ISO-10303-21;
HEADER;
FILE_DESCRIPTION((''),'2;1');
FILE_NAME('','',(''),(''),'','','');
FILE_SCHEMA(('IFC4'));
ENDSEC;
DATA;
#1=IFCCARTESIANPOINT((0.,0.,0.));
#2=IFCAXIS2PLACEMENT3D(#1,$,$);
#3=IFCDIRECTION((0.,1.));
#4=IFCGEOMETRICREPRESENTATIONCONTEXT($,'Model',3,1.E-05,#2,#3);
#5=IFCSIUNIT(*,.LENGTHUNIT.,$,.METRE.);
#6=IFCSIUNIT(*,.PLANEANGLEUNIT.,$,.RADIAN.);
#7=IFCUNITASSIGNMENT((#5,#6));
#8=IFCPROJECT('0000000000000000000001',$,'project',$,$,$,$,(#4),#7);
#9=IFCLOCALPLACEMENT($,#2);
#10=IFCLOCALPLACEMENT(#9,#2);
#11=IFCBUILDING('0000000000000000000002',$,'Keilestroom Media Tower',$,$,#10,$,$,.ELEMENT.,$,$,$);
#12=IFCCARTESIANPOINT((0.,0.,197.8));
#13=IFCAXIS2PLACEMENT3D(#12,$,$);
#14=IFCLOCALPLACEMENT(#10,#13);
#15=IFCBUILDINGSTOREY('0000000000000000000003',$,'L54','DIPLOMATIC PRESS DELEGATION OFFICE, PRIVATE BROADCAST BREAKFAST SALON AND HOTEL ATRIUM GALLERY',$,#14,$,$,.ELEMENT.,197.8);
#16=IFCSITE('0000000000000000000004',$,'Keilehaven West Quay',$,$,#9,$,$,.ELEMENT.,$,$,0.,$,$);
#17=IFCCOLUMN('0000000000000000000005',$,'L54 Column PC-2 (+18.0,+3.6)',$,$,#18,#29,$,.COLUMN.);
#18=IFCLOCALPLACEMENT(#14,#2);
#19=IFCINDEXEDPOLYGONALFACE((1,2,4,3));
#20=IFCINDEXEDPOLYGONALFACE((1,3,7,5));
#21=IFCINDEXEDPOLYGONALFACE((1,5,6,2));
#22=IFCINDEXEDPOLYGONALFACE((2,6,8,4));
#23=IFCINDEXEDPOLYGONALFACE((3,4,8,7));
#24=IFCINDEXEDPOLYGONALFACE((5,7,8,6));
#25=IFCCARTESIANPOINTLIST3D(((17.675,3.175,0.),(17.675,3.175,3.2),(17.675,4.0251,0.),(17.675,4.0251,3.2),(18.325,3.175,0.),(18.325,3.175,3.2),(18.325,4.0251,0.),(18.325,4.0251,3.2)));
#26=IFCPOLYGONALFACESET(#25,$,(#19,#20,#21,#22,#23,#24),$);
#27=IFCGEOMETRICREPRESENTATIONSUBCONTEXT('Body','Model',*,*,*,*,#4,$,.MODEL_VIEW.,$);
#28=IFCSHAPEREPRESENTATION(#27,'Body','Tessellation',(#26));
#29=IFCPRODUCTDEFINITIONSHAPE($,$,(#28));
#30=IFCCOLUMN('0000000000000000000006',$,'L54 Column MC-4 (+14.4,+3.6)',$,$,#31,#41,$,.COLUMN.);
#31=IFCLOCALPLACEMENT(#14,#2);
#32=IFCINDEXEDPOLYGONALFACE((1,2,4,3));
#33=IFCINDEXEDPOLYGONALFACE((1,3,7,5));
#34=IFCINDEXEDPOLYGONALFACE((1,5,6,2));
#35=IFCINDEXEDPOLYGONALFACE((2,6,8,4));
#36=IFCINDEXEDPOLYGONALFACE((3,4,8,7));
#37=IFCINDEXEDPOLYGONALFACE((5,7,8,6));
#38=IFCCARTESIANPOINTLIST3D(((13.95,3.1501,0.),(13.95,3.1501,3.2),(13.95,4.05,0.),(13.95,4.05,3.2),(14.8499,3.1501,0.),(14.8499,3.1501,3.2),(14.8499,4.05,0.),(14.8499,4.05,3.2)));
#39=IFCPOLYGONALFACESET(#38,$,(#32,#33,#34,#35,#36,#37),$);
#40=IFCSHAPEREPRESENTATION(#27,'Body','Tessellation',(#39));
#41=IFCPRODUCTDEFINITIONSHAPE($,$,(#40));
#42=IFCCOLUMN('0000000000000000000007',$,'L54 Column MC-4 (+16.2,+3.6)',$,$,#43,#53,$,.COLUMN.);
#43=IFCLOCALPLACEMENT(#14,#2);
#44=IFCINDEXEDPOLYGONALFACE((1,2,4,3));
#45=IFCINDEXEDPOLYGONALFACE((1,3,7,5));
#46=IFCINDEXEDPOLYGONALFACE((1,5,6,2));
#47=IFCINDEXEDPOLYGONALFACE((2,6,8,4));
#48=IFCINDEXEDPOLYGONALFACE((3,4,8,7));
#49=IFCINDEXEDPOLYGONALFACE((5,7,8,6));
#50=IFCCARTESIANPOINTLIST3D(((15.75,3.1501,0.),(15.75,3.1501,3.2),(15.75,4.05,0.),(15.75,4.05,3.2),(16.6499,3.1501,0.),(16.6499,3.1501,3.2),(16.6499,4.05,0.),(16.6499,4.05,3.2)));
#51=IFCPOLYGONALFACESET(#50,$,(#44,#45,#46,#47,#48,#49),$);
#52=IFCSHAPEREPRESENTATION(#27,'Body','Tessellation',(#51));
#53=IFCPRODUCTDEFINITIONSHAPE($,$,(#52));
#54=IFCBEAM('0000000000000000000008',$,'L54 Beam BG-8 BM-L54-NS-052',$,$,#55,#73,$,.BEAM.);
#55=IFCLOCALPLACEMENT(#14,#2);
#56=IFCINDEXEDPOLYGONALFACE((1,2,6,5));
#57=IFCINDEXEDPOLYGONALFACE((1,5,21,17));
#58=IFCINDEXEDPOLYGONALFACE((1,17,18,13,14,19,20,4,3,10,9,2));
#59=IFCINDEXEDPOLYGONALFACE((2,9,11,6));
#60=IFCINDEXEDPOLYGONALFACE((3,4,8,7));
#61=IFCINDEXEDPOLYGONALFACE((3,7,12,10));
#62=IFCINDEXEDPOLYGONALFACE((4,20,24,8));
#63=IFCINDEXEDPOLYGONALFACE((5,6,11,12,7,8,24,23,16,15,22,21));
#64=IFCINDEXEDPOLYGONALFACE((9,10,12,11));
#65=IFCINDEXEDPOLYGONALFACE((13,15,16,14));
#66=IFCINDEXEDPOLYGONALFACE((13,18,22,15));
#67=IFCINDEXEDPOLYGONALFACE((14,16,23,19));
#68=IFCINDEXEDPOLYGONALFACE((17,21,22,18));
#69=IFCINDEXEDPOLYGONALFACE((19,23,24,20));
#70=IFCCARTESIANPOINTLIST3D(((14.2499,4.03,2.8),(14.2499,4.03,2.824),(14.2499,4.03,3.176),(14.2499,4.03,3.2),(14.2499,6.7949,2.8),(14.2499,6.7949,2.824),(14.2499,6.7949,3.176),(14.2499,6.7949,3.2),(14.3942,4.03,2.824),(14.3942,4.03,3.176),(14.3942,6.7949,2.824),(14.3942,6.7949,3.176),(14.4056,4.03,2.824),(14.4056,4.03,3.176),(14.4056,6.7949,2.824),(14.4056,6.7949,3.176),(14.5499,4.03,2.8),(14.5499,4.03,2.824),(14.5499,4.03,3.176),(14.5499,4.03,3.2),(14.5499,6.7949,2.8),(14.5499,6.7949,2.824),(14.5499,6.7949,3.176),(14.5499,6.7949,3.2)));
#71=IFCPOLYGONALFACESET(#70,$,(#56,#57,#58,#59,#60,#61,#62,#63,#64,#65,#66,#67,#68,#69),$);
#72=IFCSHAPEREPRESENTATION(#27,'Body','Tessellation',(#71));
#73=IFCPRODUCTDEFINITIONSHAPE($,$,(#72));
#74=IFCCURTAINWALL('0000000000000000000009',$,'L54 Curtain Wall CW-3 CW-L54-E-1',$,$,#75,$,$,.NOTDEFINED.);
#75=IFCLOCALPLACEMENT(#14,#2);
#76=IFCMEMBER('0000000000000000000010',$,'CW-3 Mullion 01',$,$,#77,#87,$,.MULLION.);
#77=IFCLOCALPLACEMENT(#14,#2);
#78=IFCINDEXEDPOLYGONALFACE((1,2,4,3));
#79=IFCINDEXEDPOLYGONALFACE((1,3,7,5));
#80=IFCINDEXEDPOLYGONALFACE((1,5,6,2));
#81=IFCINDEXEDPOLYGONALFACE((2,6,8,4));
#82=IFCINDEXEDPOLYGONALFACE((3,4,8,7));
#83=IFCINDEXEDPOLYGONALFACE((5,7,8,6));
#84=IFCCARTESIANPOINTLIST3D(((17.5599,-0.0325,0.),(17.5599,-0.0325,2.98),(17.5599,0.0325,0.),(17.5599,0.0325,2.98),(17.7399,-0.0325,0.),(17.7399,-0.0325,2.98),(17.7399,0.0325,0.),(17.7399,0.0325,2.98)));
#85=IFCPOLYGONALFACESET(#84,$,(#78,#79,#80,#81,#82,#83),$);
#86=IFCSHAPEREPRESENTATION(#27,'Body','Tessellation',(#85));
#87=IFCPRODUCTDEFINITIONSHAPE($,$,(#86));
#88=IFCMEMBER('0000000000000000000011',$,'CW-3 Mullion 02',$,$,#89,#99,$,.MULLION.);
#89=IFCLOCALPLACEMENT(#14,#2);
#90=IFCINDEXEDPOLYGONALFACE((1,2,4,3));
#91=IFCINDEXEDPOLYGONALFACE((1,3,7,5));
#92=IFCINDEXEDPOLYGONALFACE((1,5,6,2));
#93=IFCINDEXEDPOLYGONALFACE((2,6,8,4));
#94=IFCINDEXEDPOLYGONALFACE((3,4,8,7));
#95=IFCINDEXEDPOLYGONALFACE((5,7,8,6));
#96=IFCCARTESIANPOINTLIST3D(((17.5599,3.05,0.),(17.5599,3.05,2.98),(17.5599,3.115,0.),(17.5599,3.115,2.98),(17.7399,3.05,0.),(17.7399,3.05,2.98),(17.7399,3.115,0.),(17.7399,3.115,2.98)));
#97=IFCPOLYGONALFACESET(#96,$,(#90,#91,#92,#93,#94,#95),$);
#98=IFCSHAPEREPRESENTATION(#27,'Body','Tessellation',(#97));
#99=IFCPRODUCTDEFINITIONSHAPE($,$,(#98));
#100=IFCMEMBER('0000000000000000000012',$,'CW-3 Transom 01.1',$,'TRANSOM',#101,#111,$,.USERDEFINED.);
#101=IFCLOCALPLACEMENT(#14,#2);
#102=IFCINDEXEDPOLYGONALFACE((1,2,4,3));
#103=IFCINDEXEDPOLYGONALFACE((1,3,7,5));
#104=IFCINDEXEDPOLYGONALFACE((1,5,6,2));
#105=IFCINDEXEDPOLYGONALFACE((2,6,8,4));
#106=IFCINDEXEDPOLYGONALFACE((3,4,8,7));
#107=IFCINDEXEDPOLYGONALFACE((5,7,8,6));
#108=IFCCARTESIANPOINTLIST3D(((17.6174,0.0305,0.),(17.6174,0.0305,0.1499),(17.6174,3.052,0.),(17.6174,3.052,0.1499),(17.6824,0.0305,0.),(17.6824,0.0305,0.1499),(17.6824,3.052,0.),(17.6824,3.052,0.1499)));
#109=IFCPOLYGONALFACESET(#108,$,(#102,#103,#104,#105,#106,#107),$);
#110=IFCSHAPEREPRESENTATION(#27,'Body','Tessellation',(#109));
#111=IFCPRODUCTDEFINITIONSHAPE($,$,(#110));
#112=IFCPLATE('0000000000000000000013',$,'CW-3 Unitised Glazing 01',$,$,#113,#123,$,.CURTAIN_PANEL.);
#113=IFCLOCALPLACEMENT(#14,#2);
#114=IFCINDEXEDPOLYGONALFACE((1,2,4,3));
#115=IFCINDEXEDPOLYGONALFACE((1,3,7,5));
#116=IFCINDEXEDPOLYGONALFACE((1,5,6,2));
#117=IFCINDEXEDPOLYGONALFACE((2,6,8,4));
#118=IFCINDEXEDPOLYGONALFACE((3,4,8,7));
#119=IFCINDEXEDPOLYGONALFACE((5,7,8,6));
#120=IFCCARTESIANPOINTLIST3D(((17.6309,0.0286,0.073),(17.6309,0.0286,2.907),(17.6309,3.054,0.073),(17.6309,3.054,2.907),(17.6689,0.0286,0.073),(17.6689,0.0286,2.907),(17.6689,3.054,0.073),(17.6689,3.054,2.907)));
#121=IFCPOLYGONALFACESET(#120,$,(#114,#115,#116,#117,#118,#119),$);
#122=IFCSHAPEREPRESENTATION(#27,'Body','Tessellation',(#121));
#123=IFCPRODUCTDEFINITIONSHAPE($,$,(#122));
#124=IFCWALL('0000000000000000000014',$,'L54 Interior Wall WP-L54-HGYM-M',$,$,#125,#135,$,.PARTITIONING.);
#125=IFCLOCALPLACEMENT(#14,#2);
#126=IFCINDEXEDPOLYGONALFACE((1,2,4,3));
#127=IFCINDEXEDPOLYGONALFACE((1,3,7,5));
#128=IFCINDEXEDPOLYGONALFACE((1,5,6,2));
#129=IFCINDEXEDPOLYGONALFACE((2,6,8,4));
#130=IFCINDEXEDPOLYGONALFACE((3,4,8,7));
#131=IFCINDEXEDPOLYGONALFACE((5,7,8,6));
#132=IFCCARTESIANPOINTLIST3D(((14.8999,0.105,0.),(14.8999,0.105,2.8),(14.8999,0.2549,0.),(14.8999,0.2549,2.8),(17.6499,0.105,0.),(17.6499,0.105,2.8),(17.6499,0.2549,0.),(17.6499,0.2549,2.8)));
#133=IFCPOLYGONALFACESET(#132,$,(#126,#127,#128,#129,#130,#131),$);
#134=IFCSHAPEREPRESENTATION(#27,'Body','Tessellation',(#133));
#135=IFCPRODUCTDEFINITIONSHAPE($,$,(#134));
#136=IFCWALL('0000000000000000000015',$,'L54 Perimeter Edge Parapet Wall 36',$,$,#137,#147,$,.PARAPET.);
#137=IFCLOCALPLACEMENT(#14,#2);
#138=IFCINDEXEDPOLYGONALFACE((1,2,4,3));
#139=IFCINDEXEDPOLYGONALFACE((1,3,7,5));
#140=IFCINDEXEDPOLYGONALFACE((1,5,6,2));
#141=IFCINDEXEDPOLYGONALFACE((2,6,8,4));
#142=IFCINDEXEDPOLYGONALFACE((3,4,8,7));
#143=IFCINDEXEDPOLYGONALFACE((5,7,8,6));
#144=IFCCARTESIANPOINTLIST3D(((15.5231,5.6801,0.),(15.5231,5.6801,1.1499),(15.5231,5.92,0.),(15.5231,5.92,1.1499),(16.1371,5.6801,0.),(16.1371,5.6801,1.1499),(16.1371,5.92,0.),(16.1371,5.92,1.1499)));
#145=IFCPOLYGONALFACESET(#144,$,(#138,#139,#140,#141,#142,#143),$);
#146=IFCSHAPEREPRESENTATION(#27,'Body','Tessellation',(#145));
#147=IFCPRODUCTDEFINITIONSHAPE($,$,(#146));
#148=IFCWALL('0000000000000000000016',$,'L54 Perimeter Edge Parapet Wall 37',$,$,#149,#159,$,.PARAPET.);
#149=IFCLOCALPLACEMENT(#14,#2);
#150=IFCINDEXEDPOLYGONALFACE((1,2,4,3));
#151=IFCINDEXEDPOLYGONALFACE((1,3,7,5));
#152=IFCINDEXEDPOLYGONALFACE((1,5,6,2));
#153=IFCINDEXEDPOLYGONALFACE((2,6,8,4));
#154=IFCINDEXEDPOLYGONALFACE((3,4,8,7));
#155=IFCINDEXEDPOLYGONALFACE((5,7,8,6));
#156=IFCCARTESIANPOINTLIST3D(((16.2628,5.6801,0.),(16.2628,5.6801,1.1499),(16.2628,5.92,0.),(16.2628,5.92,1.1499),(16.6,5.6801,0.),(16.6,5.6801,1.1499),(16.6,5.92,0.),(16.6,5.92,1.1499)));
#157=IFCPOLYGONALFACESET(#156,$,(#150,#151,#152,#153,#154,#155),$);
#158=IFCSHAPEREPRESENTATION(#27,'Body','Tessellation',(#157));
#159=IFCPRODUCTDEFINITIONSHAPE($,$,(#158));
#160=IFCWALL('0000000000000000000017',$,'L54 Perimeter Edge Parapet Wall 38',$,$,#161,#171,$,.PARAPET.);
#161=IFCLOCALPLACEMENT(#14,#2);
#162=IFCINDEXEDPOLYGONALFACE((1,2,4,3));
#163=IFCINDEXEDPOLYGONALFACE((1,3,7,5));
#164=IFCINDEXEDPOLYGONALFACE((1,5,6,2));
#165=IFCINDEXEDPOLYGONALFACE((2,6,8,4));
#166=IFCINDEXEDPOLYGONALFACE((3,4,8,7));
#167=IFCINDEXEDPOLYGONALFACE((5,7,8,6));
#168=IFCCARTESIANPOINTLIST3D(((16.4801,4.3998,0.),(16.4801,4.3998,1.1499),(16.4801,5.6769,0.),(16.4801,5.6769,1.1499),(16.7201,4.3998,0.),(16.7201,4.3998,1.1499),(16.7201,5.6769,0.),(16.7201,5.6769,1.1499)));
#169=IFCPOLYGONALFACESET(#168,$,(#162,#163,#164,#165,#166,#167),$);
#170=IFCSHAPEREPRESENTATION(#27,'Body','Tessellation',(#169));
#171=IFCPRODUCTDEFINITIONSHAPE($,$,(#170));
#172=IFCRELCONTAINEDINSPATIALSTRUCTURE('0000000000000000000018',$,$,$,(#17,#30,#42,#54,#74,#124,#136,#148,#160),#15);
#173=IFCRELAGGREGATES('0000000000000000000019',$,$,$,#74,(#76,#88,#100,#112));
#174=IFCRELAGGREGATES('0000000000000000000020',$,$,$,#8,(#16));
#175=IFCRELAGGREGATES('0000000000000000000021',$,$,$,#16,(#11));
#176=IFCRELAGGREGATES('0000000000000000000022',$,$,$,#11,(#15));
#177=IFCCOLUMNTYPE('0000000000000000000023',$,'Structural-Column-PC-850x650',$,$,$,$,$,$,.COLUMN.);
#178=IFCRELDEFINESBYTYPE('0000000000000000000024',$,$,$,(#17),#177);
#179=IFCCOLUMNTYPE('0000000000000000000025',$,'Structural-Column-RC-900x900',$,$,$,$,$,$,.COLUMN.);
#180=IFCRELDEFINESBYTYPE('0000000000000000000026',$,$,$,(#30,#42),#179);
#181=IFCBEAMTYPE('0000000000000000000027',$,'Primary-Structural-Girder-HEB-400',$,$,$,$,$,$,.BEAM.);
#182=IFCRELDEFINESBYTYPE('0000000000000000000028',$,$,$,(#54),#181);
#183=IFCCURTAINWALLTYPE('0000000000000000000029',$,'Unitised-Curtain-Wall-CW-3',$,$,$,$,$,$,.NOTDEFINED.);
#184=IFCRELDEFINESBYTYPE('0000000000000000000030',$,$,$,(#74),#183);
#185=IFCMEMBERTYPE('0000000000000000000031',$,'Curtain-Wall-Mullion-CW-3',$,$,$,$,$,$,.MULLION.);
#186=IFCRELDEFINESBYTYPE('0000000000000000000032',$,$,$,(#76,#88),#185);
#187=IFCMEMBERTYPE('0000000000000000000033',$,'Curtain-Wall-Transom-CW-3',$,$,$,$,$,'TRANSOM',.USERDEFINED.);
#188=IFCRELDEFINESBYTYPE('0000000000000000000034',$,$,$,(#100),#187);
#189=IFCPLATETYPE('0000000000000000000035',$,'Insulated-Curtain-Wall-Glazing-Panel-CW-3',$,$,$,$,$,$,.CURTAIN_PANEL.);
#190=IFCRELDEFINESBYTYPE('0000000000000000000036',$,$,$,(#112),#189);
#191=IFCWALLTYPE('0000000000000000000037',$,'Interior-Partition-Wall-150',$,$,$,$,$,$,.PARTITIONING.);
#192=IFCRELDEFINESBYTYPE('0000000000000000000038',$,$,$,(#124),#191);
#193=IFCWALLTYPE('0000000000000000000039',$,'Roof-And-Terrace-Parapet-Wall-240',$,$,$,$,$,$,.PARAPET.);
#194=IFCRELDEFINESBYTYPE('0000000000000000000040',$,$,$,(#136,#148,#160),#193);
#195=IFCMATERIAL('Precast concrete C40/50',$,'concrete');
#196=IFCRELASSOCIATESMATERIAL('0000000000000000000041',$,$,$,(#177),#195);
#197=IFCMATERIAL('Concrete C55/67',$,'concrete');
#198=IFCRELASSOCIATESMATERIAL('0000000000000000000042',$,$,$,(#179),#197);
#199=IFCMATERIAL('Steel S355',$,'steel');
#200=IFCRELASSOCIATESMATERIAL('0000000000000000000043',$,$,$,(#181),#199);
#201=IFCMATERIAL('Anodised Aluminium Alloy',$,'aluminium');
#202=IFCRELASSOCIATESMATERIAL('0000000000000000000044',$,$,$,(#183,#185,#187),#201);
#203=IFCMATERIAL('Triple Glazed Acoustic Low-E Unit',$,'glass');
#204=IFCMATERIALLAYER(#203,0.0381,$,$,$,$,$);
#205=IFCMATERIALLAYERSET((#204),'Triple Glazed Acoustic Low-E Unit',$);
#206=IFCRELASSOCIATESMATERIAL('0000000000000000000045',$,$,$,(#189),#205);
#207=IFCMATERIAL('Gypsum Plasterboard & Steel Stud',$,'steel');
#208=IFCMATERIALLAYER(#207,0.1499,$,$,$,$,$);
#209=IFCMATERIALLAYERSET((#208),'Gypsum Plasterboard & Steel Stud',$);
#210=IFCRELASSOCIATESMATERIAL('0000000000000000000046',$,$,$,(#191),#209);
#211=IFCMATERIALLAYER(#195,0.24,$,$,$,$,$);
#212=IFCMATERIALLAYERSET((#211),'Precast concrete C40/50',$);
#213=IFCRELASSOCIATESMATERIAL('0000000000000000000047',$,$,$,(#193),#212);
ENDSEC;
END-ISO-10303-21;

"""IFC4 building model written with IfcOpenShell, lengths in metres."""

from ifc_helpers import new_model, si_unit, direction, frame, frame_2d, origin, origin_2d, place, context, subcontext, project, spatial, rectangle, i_section, extrude, source, transform, mapped, material, layer, layer_set, material_profile, profile_set, type_object, element, aggregate, save


model = new_model("IFC4")

# Units and contexts
model_context = context("Model", 3, precision=1e-05, world=origin(), true_north=direction((0.0, 1.0)))
body_context = subcontext(model_context, "Body", "Model", "MODEL_VIEW")
ifc_project = project(units=[si_unit("LENGTHUNIT", "METRE"), si_unit("PLANEANGLEUNIT", "RADIAN")], contexts=[model_context])

# Site, building, storey
site_placement = place(None, origin())
site = spatial("IfcSite", under=ifc_project, at=site_placement, Name="Keilehaven West Quay", CompositionType="ELEMENT", RefElevation=0.0)
building_placement = place(site_placement, origin())
building = spatial("IfcBuilding", under=site, at=building_placement, Name="Keilestroom Media Tower", CompositionType="ELEMENT")
storey_placement = place(building_placement, frame((0.0, 0.0, 197.8)))
storey = spatial("IfcBuildingStorey", under=building, at=storey_placement, Name="L54", Description="DIPLOMATIC PRESS DELEGATION OFFICE, PRIVATE BROADCAST BREAKFAST SALON AND HOTEL ATRIUM GALLERY", CompositionType="ELEMENT", Elevation=197.8)

# Columns
ifc_material_1 = material(Name="Precast concrete C40/50", Category="concrete")
ifc_material_profile_1 = material_profile(ifc_material_1, rectangle(XDim=0.6499, YDim=0.8501, at=origin_2d()), Name="PC 850x650")
ifc_profile_set_1 = profile_set([ifc_material_profile_1], Name="Precast concrete C40/50")
column_type_1 = type_object("IfcColumnType", Name="Structural-Column-PC-850x650", PredefinedType="COLUMN", material=ifc_profile_set_1)
shared_shape_1 = source(origin(), body_context, "Body", "SweptSolid", [
    extrude(rectangle(XDim=0.6499, YDim=0.8501, at=origin_2d()), origin(), (0.0, 0.0, 1.0), 3.2),
])
column_placement = place(storey_placement, frame((18.0, 3.6001, 0.0), z_axis=(0.0, 0.0, 1.0), x_axis=(1.0, 0.0, 0.0)))
element("IfcColumn", 1, at=column_placement, inside=storey, type_object=column_type_1, Name="L54 Column PC-2 (+18.0,+3.6)", PredefinedType="COLUMN", context=body_context, shape_type="MappedRepresentation", body=[
    mapped(shared_shape_1, transform((0.0, 0.0, 0.0), x_axis=(1.0, 0.0, 0.0), y_axis=(0.0, 1.0, 0.0), z_axis=(0.0, 0.0, 1.0), scale=1.0)),
])
ifc_material_2 = material(Name="Concrete C55/67", Category="concrete")
ifc_material_profile_2 = material_profile(ifc_material_2, rectangle(XDim=0.8999, YDim=0.8999, at=origin_2d()), Name="RC 900x900")
ifc_profile_set_2 = profile_set([ifc_material_profile_2], Name="Concrete C55/67")
column_type_2 = type_object("IfcColumnType", Name="Structural-Column-RC-900x900", PredefinedType="COLUMN", material=ifc_profile_set_2)
shared_shape_2 = source(origin(), body_context, "Body", "SweptSolid", [
    extrude(rectangle(XDim=0.8999, YDim=0.8999, at=origin_2d()), origin(), (0.0, 0.0, 1.0), 3.2),
])
for number, where, z_axis, x_axis, name in (
    (2, (14.3999, 3.6001, 0.0), (0.0, 0.0, 1.0), (1.0, 0.0, 0.0), "L54 Column MC-4 (+14.4,+3.6)"),
    (3, (16.2, 3.6001, 0.0), (0.0, 0.0, 1.0), (1.0, 0.0, 0.0), "L54 Column MC-4 (+16.2,+3.6)"),
):
    element("IfcColumn", number, at=place(storey_placement, frame(where, z_axis=z_axis, x_axis=x_axis)), inside=storey, type_object=column_type_2, Name=name, PredefinedType="COLUMN", context=body_context, shape_type="MappedRepresentation", body=[
        mapped(shared_shape_2, transform((0.0, 0.0, 0.0), x_axis=(1.0, 0.0, 0.0), y_axis=(0.0, 1.0, 0.0), z_axis=(0.0, 0.0, 1.0), scale=1.0)),
    ])

# Beam
ifc_material_3 = material(Name="Steel S355", Category="steel")
ifc_material_profile_3 = material_profile(ifc_material_3, i_section(OverallWidth=0.3, OverallDepth=0.3999, WebThickness=0.0115, FlangeThickness=0.0239, at=origin_2d()), Name="HEB 400")
ifc_profile_set_3 = profile_set([ifc_material_profile_3], Name="Steel S355")
beam_type = type_object("IfcBeamType", Name="Primary-Structural-Girder-HEB-400", PredefinedType="BEAM", material=ifc_profile_set_3)
shared_shape_3 = source(origin(), body_context, "Body", "SweptSolid", [
    extrude(i_section(OverallWidth=0.3, OverallDepth=0.3999, WebThickness=0.0115, FlangeThickness=0.0239, at=origin_2d()), origin(), (0.0, 0.0, 1.0), 2.7649),
])
beam_placement = place(storey_placement, frame((14.3999, 4.03, 3.0), z_axis=(0.0, 1.0, 0.0), x_axis=(-1.0, 0.0, 0.0)))
element("IfcBeam", 4, at=beam_placement, inside=storey, type_object=beam_type, Name="L54 Beam BG-8 BM-L54-NS-052", PredefinedType="BEAM", context=body_context, shape_type="MappedRepresentation", body=[
    mapped(shared_shape_3, transform((0.0, 0.0, 0.0), x_axis=(1.0, 0.0, 0.0), y_axis=(0.0, 1.0, 0.0), z_axis=(0.0, 0.0, 1.0), scale=1.0)),
])

# Curtain wall, members, plate
ifc_material_4 = material(Name="Anodised Aluminium Alloy", Category="aluminium")
curtain_wall_type = type_object("IfcCurtainWallType", Name="Unitised-Curtain-Wall-CW-3", PredefinedType="NOTDEFINED", material=ifc_material_4)
curtain_wall_placement = place(storey_placement, origin())
curtain_wall = element("IfcCurtainWall", 5, at=curtain_wall_placement, inside=storey, type_object=curtain_wall_type, Name="L54 Curtain Wall CW-3 CW-L54-E-1", PredefinedType="NOTDEFINED")
ifc_material_profile_4 = material_profile(ifc_material_4, rectangle(XDim=0.0649, YDim=0.1799, at=origin_2d()), Name="ALU MULLION 65x180")
ifc_profile_set_4 = profile_set([ifc_material_profile_4], Name="Anodised Aluminium Alloy")
member_type_1 = type_object("IfcMemberType", Name="Curtain-Wall-Mullion-CW-3", PredefinedType="MULLION", material=ifc_profile_set_4)
shared_shape_4 = source(origin(), body_context, "Body", "SweptSolid", [
    extrude(rectangle(XDim=0.0649, YDim=0.1799, at=origin_2d()), origin(), (0.0, 0.0, 1.0), 2.98),
])
member_1_placement = place(storey_placement, frame((17.6499, 0.0, 0.0), z_axis=(0.0, 0.0, 1.0), x_axis=(0.0, 1.0, 0.0)))
member_1 = element("IfcMember", 6, at=member_1_placement, type_object=member_type_1, Name="CW-3 Mullion 01", PredefinedType="MULLION", context=body_context, shape_type="MappedRepresentation", body=[
    mapped(shared_shape_4, transform((0.0, 0.0, 0.0), x_axis=(1.0, 0.0, 0.0), y_axis=(0.0, 1.0, 0.0), z_axis=(0.0, 0.0, 1.0), scale=1.0)),
])
member_2_placement = place(storey_placement, frame((17.6499, 3.0825, 0.0), z_axis=(0.0, 0.0, 1.0), x_axis=(0.0, 1.0, 0.0)))
member_2 = element("IfcMember", 7, at=member_2_placement, type_object=member_type_1, Name="CW-3 Mullion 02", PredefinedType="MULLION", context=body_context, shape_type="MappedRepresentation", body=[
    mapped(shared_shape_4, transform((0.0, 0.0, 0.0), x_axis=(1.0, 0.0, 0.0), y_axis=(0.0, 1.0, 0.0), z_axis=(0.0, 0.0, 1.0), scale=1.0)),
])
ifc_material_profile_5 = material_profile(ifc_material_4, rectangle(XDim=0.0649, YDim=0.1499, at=origin_2d()), Name="ALU TRANSOM 65x150")
ifc_profile_set_5 = profile_set([ifc_material_profile_5], Name="Anodised Aluminium Alloy")
member_type_2 = type_object("IfcMemberType", Name="Curtain-Wall-Transom-CW-3", ElementType="TRANSOM", PredefinedType="USERDEFINED", material=ifc_profile_set_5)
shared_shape_5 = source(origin(), body_context, "Body", "SweptSolid", [
    extrude(rectangle(XDim=0.0649, YDim=0.1499, at=origin_2d()), origin(), (0.0, 0.0, 1.0), 3.0215),
])
member_3_placement = place(storey_placement, frame((17.6499, 0.0305, 0.075), z_axis=(0.0, 1.0, 0.0), x_axis=(-1.0, 0.0, 0.0)))
member_3 = element("IfcMember", 8, at=member_3_placement, type_object=member_type_2, Name="CW-3 Transom 01.1", ObjectType="TRANSOM", PredefinedType="USERDEFINED", context=body_context, shape_type="MappedRepresentation", body=[
    mapped(shared_shape_5, transform((0.0, 0.0, 0.0), x_axis=(1.0, 0.0, 0.0), y_axis=(0.0, 1.0, 0.0), z_axis=(0.0, 0.0, 1.0), scale=1.0)),
])
ifc_material_5 = material(Name="Triple Glazed Acoustic Low-E Unit", Category="glass")
ifc_layer_1 = layer(ifc_material_5, 0.0381)
ifc_layer_set_1 = layer_set([ifc_layer_1], Name="Triple Glazed Acoustic Low-E Unit")
plate_type = type_object("IfcPlateType", Name="Insulated-Curtain-Wall-Glazing-Panel-CW-3", PredefinedType="CURTAIN_PANEL", material=ifc_layer_set_1)
shared_shape_6 = source(origin(), body_context, "Body", "SweptSolid", [
    extrude(rectangle(XDim=3.0254, YDim=0.0381, at=origin_2d()), origin(), (0.0, 0.0, 1.0), 2.834),
])
plate_placement = place(storey_placement, frame((17.6499, 1.5413, 0.073), z_axis=(0.0, 0.0, 1.0), x_axis=(0.0, 1.0, 0.0)))
plate = element("IfcPlate", 9, at=plate_placement, type_object=plate_type, Name="CW-3 Unitised Glazing 01", PredefinedType="CURTAIN_PANEL", context=body_context, shape_type="MappedRepresentation", body=[
    mapped(shared_shape_6, transform((0.0, 0.0, 0.0), x_axis=(1.0, 0.0, 0.0), y_axis=(0.0, 1.0, 0.0), z_axis=(0.0, 0.0, 1.0), scale=1.0)),
])
aggregate(curtain_wall, [member_1, member_2, member_3, plate])

# Walls
ifc_material_6 = material(Name="Gypsum Plasterboard & Steel Stud", Category="steel")
ifc_layer_2 = layer(ifc_material_6, 0.1499)
ifc_layer_set_2 = layer_set([ifc_layer_2], Name="Gypsum Plasterboard & Steel Stud")
wall_type_1 = type_object("IfcWallType", Name="Interior-Partition-Wall-150", PredefinedType="PARTITIONING", material=ifc_layer_set_2)
wall_1_placement = place(storey_placement, frame((14.8999, 0.1799, 0.0), z_axis=(0.0, 0.0, 1.0), x_axis=(1.0, 0.0, 0.0)))
element("IfcWall", 10, at=wall_1_placement, inside=storey, type_object=wall_type_1, Name="L54 Interior Wall WP-L54-HGYM-M", PredefinedType="PARTITIONING", context=body_context, shape_type="SweptSolid", body=[
    extrude(rectangle(XDim=2.75, YDim=0.1499, at=frame_2d((1.375, 0.0))), origin(), (0.0, 0.0, 1.0), 2.8),
])
ifc_layer_3 = layer(ifc_material_1, 0.24)
ifc_layer_set_3 = layer_set([ifc_layer_3], Name="Precast concrete C40/50")
wall_type_2 = type_object("IfcWallType", Name="Roof-And-Terrace-Parapet-Wall-240", PredefinedType="PARAPET", material=ifc_layer_set_3)
wall_2_placement = place(storey_placement, frame((15.5229, 5.8, 0.0), z_axis=(0.0, 0.0, 1.0), x_axis=(1.0, 0.0, 0.0)))
element("IfcWall", 11, at=wall_2_placement, inside=storey, type_object=wall_type_2, Name="L54 Perimeter Edge Parapet Wall 36", PredefinedType="PARAPET", context=body_context, shape_type="SweptSolid", body=[
    extrude(rectangle(XDim=0.614, YDim=0.24, at=frame_2d((0.3071, 0.0))), origin(), (0.0, 0.0, 1.0), 1.1499),
])
wall_3_placement = place(storey_placement, frame((16.2629, 5.8, 0.0), z_axis=(0.0, 0.0, 1.0), x_axis=(1.0, 0.0, 0.0)))
element("IfcWall", 12, at=wall_3_placement, inside=storey, type_object=wall_type_2, Name="L54 Perimeter Edge Parapet Wall 37", PredefinedType="PARAPET", context=body_context, shape_type="SweptSolid", body=[
    extrude(rectangle(XDim=0.3372, YDim=0.24, at=frame_2d((0.1685, 0.0))), origin(), (0.0, 0.0, 1.0), 1.1499),
])
wall_4_placement = place(storey_placement, frame((16.6001, 5.677, 0.0), z_axis=(0.0, 0.0, 1.0), x_axis=(0.0, -1.0, 0.0)))
element("IfcWall", 13, at=wall_4_placement, inside=storey, type_object=wall_type_2, Name="L54 Perimeter Edge Parapet Wall 38", PredefinedType="PARAPET", context=body_context, shape_type="SweptSolid", body=[
    extrude(rectangle(XDim=1.2771, YDim=0.24, at=frame_2d((0.6387, 0.0))), origin(), (0.0, 0.0, 1.0), 1.1499),
])

save(model, "model.ifc")
